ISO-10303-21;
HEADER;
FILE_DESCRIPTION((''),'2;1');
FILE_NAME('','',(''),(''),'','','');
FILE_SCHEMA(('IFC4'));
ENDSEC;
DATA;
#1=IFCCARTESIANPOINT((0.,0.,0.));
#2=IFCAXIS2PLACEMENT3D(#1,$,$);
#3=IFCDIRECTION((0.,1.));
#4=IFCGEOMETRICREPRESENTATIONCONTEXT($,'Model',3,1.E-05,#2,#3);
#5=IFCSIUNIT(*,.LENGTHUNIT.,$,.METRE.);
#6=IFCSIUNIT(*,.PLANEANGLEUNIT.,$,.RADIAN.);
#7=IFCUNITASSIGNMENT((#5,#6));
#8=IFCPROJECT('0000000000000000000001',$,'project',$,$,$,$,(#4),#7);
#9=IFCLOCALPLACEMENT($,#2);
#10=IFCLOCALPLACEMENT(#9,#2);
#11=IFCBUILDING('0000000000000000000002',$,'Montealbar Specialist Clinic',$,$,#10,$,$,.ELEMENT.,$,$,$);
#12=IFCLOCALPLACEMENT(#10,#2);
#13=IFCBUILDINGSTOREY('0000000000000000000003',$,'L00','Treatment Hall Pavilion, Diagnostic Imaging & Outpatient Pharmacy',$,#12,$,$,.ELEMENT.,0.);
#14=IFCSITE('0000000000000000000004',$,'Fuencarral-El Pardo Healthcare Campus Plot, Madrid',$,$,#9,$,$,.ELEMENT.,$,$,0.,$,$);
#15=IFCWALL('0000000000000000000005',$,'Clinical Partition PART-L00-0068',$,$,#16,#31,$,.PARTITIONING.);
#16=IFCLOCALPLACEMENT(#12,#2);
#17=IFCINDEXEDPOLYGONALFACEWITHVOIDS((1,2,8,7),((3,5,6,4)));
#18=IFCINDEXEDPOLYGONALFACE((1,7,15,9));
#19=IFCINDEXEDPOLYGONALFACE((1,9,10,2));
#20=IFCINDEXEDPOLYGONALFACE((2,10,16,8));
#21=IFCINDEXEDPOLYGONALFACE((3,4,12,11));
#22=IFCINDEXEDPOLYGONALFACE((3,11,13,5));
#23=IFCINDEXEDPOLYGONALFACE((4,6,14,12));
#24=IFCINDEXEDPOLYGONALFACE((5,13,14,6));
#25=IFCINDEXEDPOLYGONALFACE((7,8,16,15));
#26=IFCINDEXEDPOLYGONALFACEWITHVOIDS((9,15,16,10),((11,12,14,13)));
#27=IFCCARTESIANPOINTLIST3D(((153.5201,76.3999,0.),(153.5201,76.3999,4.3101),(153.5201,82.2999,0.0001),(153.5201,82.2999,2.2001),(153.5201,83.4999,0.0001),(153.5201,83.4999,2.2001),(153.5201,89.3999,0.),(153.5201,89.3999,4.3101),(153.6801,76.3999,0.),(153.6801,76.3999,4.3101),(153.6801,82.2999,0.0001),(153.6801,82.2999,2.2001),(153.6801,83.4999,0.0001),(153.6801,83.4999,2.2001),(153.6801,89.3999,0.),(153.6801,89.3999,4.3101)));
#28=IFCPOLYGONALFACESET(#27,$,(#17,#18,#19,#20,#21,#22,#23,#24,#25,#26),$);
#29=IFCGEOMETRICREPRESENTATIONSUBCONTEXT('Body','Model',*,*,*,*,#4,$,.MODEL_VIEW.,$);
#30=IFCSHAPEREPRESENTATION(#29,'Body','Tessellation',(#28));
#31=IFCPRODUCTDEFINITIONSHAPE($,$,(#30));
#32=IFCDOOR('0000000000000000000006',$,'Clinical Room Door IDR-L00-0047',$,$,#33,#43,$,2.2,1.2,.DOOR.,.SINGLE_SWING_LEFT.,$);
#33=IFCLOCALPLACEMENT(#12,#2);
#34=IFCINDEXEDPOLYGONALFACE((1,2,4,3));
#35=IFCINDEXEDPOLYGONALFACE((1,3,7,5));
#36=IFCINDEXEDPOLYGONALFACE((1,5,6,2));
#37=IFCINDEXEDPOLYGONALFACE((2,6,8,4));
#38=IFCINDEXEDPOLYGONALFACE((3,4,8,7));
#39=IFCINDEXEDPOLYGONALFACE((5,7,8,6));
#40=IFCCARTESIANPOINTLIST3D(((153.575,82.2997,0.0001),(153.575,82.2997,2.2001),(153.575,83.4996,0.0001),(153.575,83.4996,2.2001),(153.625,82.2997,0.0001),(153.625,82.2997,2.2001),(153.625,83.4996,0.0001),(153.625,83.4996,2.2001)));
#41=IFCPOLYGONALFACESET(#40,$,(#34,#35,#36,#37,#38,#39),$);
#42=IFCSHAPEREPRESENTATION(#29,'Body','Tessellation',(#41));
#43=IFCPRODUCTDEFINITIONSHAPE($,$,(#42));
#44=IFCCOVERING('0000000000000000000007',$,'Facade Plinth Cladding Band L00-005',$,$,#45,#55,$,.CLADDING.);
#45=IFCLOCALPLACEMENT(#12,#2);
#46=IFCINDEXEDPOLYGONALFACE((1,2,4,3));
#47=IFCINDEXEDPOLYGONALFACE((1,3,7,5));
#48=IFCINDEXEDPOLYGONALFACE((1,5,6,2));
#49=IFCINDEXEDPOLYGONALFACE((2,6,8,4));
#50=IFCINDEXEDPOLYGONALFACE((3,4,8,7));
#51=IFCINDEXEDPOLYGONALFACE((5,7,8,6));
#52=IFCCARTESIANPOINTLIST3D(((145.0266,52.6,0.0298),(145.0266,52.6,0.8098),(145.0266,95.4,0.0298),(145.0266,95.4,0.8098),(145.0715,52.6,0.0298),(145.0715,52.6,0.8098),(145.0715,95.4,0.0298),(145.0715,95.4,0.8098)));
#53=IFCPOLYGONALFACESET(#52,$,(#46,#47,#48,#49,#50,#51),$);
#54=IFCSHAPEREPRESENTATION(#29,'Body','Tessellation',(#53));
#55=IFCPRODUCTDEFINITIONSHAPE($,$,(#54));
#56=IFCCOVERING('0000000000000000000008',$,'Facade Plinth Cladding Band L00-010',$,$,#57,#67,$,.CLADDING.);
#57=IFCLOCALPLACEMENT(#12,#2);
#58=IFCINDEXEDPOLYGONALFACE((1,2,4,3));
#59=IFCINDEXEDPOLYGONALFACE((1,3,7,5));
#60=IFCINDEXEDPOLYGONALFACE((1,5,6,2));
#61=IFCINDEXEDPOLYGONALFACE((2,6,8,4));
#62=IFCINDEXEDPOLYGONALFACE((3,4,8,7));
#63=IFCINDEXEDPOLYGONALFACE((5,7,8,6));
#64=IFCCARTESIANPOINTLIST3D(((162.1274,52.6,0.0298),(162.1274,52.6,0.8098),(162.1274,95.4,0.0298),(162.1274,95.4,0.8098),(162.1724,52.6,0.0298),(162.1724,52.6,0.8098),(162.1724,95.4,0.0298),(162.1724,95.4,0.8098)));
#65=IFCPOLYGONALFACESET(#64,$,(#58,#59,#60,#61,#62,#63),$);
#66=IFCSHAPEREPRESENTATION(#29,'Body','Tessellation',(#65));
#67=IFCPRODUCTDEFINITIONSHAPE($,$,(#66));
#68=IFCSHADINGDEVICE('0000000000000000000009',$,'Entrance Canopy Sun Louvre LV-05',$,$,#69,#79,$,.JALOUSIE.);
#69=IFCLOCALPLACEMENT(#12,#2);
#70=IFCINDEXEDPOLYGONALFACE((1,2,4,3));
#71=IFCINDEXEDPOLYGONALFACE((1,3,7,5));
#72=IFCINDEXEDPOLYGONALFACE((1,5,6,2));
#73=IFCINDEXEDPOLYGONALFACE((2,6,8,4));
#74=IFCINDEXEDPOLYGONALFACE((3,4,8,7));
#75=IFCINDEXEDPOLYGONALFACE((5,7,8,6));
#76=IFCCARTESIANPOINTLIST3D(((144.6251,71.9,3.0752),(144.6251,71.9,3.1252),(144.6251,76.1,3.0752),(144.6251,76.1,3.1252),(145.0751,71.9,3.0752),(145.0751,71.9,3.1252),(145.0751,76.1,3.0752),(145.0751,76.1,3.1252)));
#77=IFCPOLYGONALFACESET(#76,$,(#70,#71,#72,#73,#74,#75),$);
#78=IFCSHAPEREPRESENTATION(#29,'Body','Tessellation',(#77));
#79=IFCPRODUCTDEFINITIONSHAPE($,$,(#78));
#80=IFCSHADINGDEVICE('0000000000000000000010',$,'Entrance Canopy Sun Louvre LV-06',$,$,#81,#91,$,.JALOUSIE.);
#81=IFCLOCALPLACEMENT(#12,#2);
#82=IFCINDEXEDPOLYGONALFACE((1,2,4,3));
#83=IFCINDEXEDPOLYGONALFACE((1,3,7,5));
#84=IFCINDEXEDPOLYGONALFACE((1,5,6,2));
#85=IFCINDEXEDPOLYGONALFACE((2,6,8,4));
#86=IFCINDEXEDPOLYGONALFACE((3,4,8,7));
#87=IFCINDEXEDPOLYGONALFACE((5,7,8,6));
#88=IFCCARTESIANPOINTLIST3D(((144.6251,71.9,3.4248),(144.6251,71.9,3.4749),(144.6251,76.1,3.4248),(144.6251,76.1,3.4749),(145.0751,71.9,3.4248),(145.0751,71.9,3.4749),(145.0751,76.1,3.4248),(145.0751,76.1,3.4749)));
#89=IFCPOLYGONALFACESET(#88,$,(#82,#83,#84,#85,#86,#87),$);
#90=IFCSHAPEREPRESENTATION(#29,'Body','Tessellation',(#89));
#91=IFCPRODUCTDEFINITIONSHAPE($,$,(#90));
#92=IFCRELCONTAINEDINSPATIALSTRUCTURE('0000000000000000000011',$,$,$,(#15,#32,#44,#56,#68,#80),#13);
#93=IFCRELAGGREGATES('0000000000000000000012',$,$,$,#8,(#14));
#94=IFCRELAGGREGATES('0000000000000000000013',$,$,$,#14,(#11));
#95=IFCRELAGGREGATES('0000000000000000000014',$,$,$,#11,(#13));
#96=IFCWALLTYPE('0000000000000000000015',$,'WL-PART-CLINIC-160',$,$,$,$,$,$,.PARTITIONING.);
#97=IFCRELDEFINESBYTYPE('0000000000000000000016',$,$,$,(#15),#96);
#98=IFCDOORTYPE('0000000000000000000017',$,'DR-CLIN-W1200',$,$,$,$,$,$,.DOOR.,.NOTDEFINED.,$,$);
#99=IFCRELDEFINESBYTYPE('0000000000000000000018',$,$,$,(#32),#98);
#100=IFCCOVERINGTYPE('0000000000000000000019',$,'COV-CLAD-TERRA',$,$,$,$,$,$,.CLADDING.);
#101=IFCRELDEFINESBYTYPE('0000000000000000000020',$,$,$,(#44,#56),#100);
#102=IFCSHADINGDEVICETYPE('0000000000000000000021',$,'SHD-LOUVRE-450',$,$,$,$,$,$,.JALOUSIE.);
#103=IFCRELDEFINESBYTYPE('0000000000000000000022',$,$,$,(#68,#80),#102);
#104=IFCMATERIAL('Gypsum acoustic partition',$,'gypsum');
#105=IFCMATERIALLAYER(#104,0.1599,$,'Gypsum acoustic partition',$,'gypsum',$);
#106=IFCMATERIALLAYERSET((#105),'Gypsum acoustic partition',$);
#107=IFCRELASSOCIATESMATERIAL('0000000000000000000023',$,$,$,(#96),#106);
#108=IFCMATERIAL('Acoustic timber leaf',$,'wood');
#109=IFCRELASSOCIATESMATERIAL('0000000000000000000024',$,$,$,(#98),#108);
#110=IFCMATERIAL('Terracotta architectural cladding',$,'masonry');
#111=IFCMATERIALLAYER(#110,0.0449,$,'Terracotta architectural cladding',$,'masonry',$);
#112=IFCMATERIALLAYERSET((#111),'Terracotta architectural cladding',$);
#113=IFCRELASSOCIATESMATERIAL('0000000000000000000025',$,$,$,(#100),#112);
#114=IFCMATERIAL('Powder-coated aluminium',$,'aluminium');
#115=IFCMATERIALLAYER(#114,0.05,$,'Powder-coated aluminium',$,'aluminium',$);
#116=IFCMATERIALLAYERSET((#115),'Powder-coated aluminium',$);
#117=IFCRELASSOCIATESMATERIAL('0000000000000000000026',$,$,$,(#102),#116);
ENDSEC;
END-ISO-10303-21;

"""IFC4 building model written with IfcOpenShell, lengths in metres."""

from ifc_helpers import new_model, si_unit, direction, frame, frame_2d, origin, origin_2d, place, context, subcontext, project, spatial, rectangle, extrude, material, layer, layer_set, type_object, element, fill, save


model = new_model("IFC4")

# Units and contexts
model_context = context("Model", 3, precision=1e-05, world=origin(), true_north=direction((0.0, 1.0)))
body_context = subcontext(model_context, "Body", "Model", "MODEL_VIEW")
ifc_project = project(units=[si_unit("LENGTHUNIT", "METRE"), si_unit("PLANEANGLEUNIT", "RADIAN")], contexts=[model_context])

# Site, building, storey
site_placement = place(None, origin())
site = spatial("IfcSite", under=ifc_project, at=site_placement, Name="Fuencarral-El Pardo Healthcare Campus Plot, Madrid", CompositionType="ELEMENT", RefElevation=0.0)
building_placement = place(site_placement, origin())
building = spatial("IfcBuilding", under=site, at=building_placement, Name="Montealbar Specialist Clinic", CompositionType="ELEMENT")
storey_placement = place(building_placement, origin())
storey = spatial("IfcBuildingStorey", under=building, at=storey_placement, Name="L00", Description="Treatment Hall Pavilion, Diagnostic Imaging & Outpatient Pharmacy", CompositionType="ELEMENT", Elevation=0.0)

# Shared definitions
ifc_material_1 = material(Name="Gypsum acoustic partition", Category="gypsum")

# Wall, opening, door
ifc_layer_1 = layer(ifc_material_1, 0.1599, Name="Gypsum acoustic partition", Category="gypsum")
ifc_layer_set_1 = layer_set([ifc_layer_1], Name="Gypsum acoustic partition")
wall_type_1 = type_object("IfcWallType", Name="WL-PART-CLINIC-160", PredefinedType="PARTITIONING", material=ifc_layer_set_1)
wall_1_placement = place(storey_placement, frame((153.6001, 76.3999, 0.0), z_axis=(0.0, 0.0, 1.0), x_axis=(0.0, 1.0, 0.0)))
wall_1 = element("IfcWall", 1, at=wall_1_placement, inside=storey, type_object=wall_type_1, Name="Clinical Partition PART-L00-0068", PredefinedType="PARTITIONING", context=body_context, shape_type="SweptSolid", body=[
    extrude(rectangle(XDim=13.0, YDim=0.1599, at=frame_2d((6.5, 0.0))), origin(), (0.0, 0.0, 1.0), 4.3101),
])
opening_placement = place(wall_1_placement, frame((5.8999, 0.0, 0.0)))
opening = element("IfcOpeningElement", 2, at=opening_placement, cuts=wall_1, PredefinedType="OPENING", context=body_context, shape_type="SweptSolid", body=[
    extrude(rectangle(XDim=1.2, YDim=2.2, at=frame_2d((0.6001, 1.1001))), frame((0.0, 0.0898, 0.0), z_axis=(0.0, -1.0, 0.0), x_axis=(1.0, 0.0, 0.0)), (0.0, 0.0, 1.0), 0.1799),
])
ifc_material_2 = material(Name="Acoustic timber leaf", Category="wood")
door_type = type_object("IfcDoorType", Name="DR-CLIN-W1200", OperationType="NOTDEFINED", PredefinedType="DOOR", material=ifc_material_2)
door_placement = place(opening_placement, frame((1.2, 0.0, 0.0), z_axis=(0.0, 0.0, 1.0), x_axis=(-1.0, 0.0, 0.0)))
door = element("IfcDoor", 3, at=door_placement, inside=storey, type_object=door_type, Name="Clinical Room Door IDR-L00-0047", OperationType="SINGLE_SWING_LEFT", OverallHeight=2.2, OverallWidth=1.2, PredefinedType="DOOR", context=body_context, shape_type="SweptSolid", body=[
    extrude(rectangle(XDim=1.2, YDim=2.2, at=frame_2d((0.6001, 1.1001))), frame((0.0, 0.0249, 0.0), z_axis=(0.0, -1.0, 0.0), x_axis=(1.0, 0.0, 0.0)), (0.0, 0.0, 1.0), 0.05),
])
fill(opening, door)

# Coverings
ifc_material_3 = material(Name="Terracotta architectural cladding", Category="masonry")
ifc_layer_2 = layer(ifc_material_3, 0.0449, Name="Terracotta architectural cladding", Category="masonry")
ifc_layer_set_2 = layer_set([ifc_layer_2], Name="Terracotta architectural cladding")
covering_type = type_object("IfcCoveringType", Name="COV-CLAD-TERRA", PredefinedType="CLADDING", material=ifc_layer_set_2)
for number, where, z_axis, x_axis, name in (
    (4, (145.0491, 74.0, 0.0298), (0.0, 0.0, 1.0), (0.0, 1.0, 0.0), "Facade Plinth Cladding Band L00-005"),
    (5, (162.1499, 74.0, 0.0298), (0.0, 0.0, 1.0), (0.0, -1.0, 0.0), "Facade Plinth Cladding Band L00-010"),
):
    element("IfcCovering", number, at=place(storey_placement, frame(where, z_axis=z_axis, x_axis=x_axis)), inside=storey, type_object=covering_type, Name=name, PredefinedType="CLADDING", context=body_context, shape_type="SweptSolid", body=[
        extrude(rectangle(XDim=42.8, YDim=0.0449, at=origin_2d()), origin(), (0.0, 0.0, 1.0), 0.78),
    ])

# Shading devices
ifc_material_4 = material(Name="Powder-coated aluminium", Category="aluminium")
ifc_layer_3 = layer(ifc_material_4, 0.05, Name="Powder-coated aluminium", Category="aluminium")
ifc_layer_set_3 = layer_set([ifc_layer_3], Name="Powder-coated aluminium")
shading_device_type = type_object("IfcShadingDeviceType", Name="SHD-LOUVRE-450", PredefinedType="JALOUSIE", material=ifc_layer_set_3)
for number, where, z_axis, x_axis, name in (
    (6, (144.8501, 74.0, 3.0752), (0.0, 0.0, 1.0), (0.0, 1.0, 0.0), "Entrance Canopy Sun Louvre LV-05"),
    (7, (144.8501, 74.0, 3.4248), (0.0, 0.0, 1.0), (0.0, 1.0, 0.0), "Entrance Canopy Sun Louvre LV-06"),
):
    element("IfcShadingDevice", number, at=place(storey_placement, frame(where, z_axis=z_axis, x_axis=x_axis)), inside=storey, type_object=shading_device_type, Name=name, PredefinedType="JALOUSIE", context=body_context, shape_type="SweptSolid", body=[
        extrude(rectangle(XDim=4.2, YDim=0.45, at=origin_2d()), origin(), (0.0, 0.0, 1.0), 0.05),
    ])

save(model, "model.ifc")
